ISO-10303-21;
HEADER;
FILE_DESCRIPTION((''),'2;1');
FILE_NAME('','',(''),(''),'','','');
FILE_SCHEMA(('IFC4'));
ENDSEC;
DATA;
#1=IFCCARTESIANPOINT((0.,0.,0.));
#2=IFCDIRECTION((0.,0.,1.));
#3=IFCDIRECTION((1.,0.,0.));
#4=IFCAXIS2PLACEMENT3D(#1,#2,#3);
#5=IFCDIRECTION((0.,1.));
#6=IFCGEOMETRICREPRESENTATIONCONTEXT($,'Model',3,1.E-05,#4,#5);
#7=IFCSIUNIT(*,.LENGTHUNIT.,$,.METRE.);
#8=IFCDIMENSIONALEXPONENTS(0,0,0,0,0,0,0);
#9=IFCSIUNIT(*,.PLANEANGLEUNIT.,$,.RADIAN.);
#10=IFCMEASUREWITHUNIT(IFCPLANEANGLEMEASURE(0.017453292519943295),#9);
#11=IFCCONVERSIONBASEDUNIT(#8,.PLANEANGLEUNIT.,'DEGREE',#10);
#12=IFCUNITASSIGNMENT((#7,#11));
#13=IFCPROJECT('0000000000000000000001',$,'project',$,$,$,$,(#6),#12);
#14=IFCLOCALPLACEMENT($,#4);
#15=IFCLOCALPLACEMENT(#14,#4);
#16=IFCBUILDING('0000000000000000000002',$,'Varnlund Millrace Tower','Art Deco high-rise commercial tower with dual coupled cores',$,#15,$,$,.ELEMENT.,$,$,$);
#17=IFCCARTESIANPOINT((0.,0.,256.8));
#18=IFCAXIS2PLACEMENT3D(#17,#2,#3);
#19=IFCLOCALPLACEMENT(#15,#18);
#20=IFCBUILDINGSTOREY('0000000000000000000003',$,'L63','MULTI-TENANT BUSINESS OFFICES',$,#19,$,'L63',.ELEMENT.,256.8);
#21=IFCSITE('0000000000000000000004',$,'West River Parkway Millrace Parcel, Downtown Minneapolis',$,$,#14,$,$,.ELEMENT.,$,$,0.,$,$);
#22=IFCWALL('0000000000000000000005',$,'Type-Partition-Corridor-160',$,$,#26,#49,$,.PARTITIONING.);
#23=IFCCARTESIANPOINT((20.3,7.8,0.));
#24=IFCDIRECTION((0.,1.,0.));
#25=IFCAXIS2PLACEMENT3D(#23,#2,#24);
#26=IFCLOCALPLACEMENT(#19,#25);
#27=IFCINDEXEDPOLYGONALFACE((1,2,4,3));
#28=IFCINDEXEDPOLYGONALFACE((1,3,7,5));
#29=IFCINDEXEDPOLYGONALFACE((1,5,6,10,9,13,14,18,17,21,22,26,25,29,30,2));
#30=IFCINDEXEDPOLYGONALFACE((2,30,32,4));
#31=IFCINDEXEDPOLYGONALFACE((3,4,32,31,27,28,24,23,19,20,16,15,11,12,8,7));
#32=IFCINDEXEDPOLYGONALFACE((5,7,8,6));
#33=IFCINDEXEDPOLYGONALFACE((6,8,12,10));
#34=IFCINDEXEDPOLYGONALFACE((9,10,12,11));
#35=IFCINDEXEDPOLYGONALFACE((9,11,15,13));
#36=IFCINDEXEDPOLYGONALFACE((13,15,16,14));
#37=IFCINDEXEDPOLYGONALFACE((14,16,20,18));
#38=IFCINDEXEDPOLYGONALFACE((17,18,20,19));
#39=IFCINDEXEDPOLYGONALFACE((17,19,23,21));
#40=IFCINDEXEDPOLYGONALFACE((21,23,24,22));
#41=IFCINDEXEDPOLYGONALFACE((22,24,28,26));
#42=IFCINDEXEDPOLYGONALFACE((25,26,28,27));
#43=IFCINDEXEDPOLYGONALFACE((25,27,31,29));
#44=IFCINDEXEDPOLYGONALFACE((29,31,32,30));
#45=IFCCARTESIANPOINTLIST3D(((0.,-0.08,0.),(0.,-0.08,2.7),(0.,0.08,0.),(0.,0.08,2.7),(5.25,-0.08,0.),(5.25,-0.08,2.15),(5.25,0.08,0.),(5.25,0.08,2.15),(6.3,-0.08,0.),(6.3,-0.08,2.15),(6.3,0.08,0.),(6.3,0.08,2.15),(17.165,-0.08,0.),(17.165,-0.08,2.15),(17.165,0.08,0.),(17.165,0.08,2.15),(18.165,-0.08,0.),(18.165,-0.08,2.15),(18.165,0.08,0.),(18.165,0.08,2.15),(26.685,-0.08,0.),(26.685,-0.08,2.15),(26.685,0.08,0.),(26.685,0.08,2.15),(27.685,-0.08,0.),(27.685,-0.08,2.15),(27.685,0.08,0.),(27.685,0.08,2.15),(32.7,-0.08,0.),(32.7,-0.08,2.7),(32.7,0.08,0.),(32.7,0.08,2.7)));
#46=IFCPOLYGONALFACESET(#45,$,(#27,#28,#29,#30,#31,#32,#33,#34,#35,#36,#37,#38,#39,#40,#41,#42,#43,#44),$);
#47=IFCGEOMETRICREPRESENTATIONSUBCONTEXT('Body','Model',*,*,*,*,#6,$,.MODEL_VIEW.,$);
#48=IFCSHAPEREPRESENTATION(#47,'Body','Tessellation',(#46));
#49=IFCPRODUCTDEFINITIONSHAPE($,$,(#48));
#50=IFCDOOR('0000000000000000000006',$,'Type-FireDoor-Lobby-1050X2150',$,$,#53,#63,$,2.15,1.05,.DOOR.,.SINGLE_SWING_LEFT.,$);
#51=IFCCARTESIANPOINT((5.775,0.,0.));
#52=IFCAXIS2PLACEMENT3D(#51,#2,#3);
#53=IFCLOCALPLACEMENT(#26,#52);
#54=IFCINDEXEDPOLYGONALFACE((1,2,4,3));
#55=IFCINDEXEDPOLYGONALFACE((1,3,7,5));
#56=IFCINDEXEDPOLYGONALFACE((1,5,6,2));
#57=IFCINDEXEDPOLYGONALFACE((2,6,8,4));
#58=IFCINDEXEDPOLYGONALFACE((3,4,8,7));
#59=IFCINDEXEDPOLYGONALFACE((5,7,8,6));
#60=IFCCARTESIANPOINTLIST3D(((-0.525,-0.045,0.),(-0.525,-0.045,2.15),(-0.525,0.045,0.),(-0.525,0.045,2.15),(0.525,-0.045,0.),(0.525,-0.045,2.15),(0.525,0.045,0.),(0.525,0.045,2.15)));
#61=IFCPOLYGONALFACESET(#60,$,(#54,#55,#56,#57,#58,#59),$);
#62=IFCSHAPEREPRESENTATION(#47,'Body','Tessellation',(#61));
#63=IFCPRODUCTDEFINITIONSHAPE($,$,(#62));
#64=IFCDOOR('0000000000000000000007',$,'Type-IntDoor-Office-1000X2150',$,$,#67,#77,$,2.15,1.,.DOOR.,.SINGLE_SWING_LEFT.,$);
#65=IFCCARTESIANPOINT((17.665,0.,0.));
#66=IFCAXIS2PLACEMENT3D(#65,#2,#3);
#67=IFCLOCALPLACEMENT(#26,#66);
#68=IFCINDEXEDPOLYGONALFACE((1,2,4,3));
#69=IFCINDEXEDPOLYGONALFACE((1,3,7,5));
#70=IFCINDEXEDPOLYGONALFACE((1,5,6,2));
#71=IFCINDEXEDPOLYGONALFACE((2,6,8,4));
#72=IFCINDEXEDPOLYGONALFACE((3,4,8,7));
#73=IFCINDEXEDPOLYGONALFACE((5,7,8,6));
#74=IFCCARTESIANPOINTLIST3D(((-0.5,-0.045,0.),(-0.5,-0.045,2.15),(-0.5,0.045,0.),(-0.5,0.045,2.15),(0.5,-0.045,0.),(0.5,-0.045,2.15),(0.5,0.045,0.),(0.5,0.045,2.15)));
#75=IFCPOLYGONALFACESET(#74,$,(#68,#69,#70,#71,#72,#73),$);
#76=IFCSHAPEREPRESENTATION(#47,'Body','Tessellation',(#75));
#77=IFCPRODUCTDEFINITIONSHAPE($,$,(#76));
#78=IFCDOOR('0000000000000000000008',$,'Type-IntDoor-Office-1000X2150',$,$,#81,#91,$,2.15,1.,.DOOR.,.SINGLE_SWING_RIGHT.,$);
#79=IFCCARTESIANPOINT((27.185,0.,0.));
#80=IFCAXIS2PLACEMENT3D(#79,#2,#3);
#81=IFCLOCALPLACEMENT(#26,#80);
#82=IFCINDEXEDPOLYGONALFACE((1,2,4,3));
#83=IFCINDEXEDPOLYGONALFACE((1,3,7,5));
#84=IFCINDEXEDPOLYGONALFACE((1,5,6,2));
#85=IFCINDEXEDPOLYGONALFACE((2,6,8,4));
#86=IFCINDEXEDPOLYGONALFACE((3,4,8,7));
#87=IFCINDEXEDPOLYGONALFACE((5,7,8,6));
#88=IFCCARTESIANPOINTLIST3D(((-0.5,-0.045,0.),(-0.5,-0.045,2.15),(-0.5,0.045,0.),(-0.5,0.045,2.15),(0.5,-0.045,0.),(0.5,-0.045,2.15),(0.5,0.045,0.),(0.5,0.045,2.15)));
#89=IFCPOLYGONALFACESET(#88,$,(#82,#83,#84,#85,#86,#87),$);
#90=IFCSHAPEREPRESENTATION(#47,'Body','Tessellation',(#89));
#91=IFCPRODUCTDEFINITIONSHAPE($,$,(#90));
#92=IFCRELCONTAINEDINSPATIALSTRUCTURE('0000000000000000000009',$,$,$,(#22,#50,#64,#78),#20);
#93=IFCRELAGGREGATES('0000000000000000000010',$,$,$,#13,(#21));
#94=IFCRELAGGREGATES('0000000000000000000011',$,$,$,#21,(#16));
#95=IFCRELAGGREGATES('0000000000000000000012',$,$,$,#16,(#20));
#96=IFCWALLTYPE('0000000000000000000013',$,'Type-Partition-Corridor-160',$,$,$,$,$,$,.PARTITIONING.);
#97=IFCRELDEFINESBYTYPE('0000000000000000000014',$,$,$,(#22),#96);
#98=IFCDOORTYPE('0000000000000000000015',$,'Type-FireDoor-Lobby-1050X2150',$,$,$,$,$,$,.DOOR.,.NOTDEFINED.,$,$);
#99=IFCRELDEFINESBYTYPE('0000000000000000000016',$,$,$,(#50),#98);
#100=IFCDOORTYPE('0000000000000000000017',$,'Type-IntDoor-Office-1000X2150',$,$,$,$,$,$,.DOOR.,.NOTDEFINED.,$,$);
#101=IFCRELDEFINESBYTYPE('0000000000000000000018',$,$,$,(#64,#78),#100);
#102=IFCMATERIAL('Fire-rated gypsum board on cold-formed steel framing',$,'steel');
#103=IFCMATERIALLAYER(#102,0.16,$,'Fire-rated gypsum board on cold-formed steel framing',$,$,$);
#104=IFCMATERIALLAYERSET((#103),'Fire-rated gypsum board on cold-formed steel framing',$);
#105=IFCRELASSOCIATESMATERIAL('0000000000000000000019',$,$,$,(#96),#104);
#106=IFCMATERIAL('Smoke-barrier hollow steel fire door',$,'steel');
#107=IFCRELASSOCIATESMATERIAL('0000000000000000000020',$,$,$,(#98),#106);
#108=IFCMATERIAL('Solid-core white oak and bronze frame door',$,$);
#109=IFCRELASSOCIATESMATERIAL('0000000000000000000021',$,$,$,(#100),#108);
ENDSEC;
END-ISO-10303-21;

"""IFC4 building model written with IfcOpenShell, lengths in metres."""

from ifc_helpers import new_model, entity, si_unit, converted_unit, direction, frame, origin_with_axes, origin_2d_with_axis, place, context, subcontext, project, spatial, polyline, rectangle, outline, extrude, material, layer, layer_set, type_object, element, fill, save


model = new_model("IFC4")

# Units and contexts
model_context = context("Model", 3, precision=1e-05, world=origin_with_axes(), true_north=direction((0.0, 1.0)))
body_context = subcontext(model_context, "Body", "Model", "MODEL_VIEW")
ifc_project = project(units=[si_unit("LENGTHUNIT", "METRE"), converted_unit("PLANEANGLEUNIT", "DEGREE", entity("IfcPlaneAngleMeasure", 0.017453292519943295), si_unit("PLANEANGLEUNIT", "RADIAN"), dimensions=[0, 0, 0, 0, 0, 0, 0])], contexts=[model_context])

# Site, building, storey
site_placement = place(None, origin_with_axes())
site = spatial("IfcSite", under=ifc_project, at=site_placement, Name="West River Parkway Millrace Parcel, Downtown Minneapolis", CompositionType="ELEMENT", RefElevation=0.0)
building_placement = place(site_placement, origin_with_axes())
building = spatial("IfcBuilding", under=site, at=building_placement, Name="Varnlund Millrace Tower", Description="Art Deco high-rise commercial tower with dual coupled cores", CompositionType="ELEMENT")
storey_placement = place(building_placement, frame((0.0, 0.0, 256.8), z_axis=(0.0, 0.0, 1.0), x_axis=(1.0, 0.0, 0.0)))
storey = spatial("IfcBuildingStorey", under=building, at=storey_placement, Name="L63", Description="MULTI-TENANT BUSINESS OFFICES", LongName="L63", CompositionType="ELEMENT", Elevation=256.8)

# Wall, openings, doors
ifc_material_1 = material(Name="Fire-rated gypsum board on cold-formed steel framing", Category="steel")
ifc_layer_1 = layer(ifc_material_1, 0.16, Name="Fire-rated gypsum board on cold-formed steel framing")
ifc_layer_set_1 = layer_set([ifc_layer_1], Name="Fire-rated gypsum board on cold-formed steel framing")
wall_type_1 = type_object("IfcWallType", Name="Type-Partition-Corridor-160", PredefinedType="PARTITIONING", material=ifc_layer_set_1)
wall_1_placement = place(storey_placement, frame((20.3, 7.8, 0.0), z_axis=(0.0, 0.0, 1.0), x_axis=(0.0, 1.0, 0.0)))
wall_1 = element("IfcWall", 1, at=wall_1_placement, inside=storey, type_object=wall_type_1, Name="Type-Partition-Corridor-160", PredefinedType="PARTITIONING", context=body_context, shape_type="SweptSolid", body=[
    extrude(outline(polyline([(0.0, -0.08), (32.7, -0.08), (32.7, 0.08), (0.0, 0.08), (0.0, -0.08)])), origin_with_axes(), (0.0, 0.0, 1.0), 2.7),
])
opening_1_placement = place(wall_1_placement, frame((17.665, 0.0, 0.0), z_axis=(0.0, 0.0, 1.0), x_axis=(1.0, 0.0, 0.0)))
opening_1 = element("IfcOpeningElement", 2, at=opening_1_placement, cuts=wall_1, PredefinedType="OPENING", context=body_context, shape_type="SweptSolid", body=[
    extrude(rectangle(XDim=1.0, YDim=0.18, at=origin_2d_with_axis()), origin_with_axes(), (0.0, 0.0, 1.0), 2.15),
])
opening_2_placement = place(wall_1_placement, frame((27.185, 0.0, 0.0), z_axis=(0.0, 0.0, 1.0), x_axis=(1.0, 0.0, 0.0)))
opening_2 = element("IfcOpeningElement", 3, at=opening_2_placement, cuts=wall_1, PredefinedType="OPENING", context=body_context, shape_type="SweptSolid", body=[
    extrude(rectangle(XDim=1.0, YDim=0.18, at=origin_2d_with_axis()), origin_with_axes(), (0.0, 0.0, 1.0), 2.15),
])
opening_3_placement = place(wall_1_placement, frame((5.775, 0.0, 0.0), z_axis=(0.0, 0.0, 1.0), x_axis=(1.0, 0.0, 0.0)))
opening_3 = element("IfcOpeningElement", 4, at=opening_3_placement, cuts=wall_1, PredefinedType="OPENING", context=body_context, shape_type="SweptSolid", body=[
    extrude(rectangle(XDim=1.05, YDim=0.18, at=origin_2d_with_axis()), origin_with_axes(), (0.0, 0.0, 1.0), 2.15),
])
ifc_material_2 = material(Name="Smoke-barrier hollow steel fire door", Category="steel")
door_type_1 = type_object("IfcDoorType", Name="Type-FireDoor-Lobby-1050X2150", OperationType="NOTDEFINED", PredefinedType="DOOR", material=ifc_material_2)
door_1_placement = place(wall_1_placement, frame((5.775, 0.0, 0.0), z_axis=(0.0, 0.0, 1.0), x_axis=(1.0, 0.0, 0.0)))
door_1 = element("IfcDoor", 5, at=door_1_placement, inside=storey, type_object=door_type_1, Name="Type-FireDoor-Lobby-1050X2150", OperationType="SINGLE_SWING_LEFT", OverallHeight=2.15, OverallWidth=1.05, PredefinedType="DOOR", context=body_context, shape_type="SweptSolid", body=[
    extrude(rectangle(XDim=1.05, YDim=0.09, at=origin_2d_with_axis()), origin_with_axes(), (0.0, 0.0, 1.0), 2.15),
])
fill(opening_3, door_1)
ifc_material_3 = material(Name="Solid-core white oak and bronze frame door")
door_type_2 = type_object("IfcDoorType", Name="Type-IntDoor-Office-1000X2150", OperationType="NOTDEFINED", PredefinedType="DOOR", material=ifc_material_3)
door_2_placement = place(wall_1_placement, frame((17.665, 0.0, 0.0), z_axis=(0.0, 0.0, 1.0), x_axis=(1.0, 0.0, 0.0)))
door_2 = element("IfcDoor", 6, at=door_2_placement, inside=storey, type_object=door_type_2, Name="Type-IntDoor-Office-1000X2150", OperationType="SINGLE_SWING_LEFT", OverallHeight=2.15, OverallWidth=1.0, PredefinedType="DOOR", context=body_context, shape_type="SweptSolid", body=[
    extrude(rectangle(XDim=1.0, YDim=0.09, at=origin_2d_with_axis()), origin_with_axes(), (0.0, 0.0, 1.0), 2.15),
])
fill(opening_1, door_2)
door_3_placement = place(wall_1_placement, frame((27.185, 0.0, 0.0), z_axis=(0.0, 0.0, 1.0), x_axis=(1.0, 0.0, 0.0)))
door_3 = element("IfcDoor", 7, at=door_3_placement, inside=storey, type_object=door_type_2, Name="Type-IntDoor-Office-1000X2150", OperationType="SINGLE_SWING_RIGHT", OverallHeight=2.15, OverallWidth=1.0, PredefinedType="DOOR", context=body_context, shape_type="SweptSolid", body=[
    extrude(rectangle(XDim=1.0, YDim=0.09, at=origin_2d_with_axis()), origin_with_axes(), (0.0, 0.0, 1.0), 2.15),
])
fill(opening_2, door_3)

save(model, "model.ifc")
